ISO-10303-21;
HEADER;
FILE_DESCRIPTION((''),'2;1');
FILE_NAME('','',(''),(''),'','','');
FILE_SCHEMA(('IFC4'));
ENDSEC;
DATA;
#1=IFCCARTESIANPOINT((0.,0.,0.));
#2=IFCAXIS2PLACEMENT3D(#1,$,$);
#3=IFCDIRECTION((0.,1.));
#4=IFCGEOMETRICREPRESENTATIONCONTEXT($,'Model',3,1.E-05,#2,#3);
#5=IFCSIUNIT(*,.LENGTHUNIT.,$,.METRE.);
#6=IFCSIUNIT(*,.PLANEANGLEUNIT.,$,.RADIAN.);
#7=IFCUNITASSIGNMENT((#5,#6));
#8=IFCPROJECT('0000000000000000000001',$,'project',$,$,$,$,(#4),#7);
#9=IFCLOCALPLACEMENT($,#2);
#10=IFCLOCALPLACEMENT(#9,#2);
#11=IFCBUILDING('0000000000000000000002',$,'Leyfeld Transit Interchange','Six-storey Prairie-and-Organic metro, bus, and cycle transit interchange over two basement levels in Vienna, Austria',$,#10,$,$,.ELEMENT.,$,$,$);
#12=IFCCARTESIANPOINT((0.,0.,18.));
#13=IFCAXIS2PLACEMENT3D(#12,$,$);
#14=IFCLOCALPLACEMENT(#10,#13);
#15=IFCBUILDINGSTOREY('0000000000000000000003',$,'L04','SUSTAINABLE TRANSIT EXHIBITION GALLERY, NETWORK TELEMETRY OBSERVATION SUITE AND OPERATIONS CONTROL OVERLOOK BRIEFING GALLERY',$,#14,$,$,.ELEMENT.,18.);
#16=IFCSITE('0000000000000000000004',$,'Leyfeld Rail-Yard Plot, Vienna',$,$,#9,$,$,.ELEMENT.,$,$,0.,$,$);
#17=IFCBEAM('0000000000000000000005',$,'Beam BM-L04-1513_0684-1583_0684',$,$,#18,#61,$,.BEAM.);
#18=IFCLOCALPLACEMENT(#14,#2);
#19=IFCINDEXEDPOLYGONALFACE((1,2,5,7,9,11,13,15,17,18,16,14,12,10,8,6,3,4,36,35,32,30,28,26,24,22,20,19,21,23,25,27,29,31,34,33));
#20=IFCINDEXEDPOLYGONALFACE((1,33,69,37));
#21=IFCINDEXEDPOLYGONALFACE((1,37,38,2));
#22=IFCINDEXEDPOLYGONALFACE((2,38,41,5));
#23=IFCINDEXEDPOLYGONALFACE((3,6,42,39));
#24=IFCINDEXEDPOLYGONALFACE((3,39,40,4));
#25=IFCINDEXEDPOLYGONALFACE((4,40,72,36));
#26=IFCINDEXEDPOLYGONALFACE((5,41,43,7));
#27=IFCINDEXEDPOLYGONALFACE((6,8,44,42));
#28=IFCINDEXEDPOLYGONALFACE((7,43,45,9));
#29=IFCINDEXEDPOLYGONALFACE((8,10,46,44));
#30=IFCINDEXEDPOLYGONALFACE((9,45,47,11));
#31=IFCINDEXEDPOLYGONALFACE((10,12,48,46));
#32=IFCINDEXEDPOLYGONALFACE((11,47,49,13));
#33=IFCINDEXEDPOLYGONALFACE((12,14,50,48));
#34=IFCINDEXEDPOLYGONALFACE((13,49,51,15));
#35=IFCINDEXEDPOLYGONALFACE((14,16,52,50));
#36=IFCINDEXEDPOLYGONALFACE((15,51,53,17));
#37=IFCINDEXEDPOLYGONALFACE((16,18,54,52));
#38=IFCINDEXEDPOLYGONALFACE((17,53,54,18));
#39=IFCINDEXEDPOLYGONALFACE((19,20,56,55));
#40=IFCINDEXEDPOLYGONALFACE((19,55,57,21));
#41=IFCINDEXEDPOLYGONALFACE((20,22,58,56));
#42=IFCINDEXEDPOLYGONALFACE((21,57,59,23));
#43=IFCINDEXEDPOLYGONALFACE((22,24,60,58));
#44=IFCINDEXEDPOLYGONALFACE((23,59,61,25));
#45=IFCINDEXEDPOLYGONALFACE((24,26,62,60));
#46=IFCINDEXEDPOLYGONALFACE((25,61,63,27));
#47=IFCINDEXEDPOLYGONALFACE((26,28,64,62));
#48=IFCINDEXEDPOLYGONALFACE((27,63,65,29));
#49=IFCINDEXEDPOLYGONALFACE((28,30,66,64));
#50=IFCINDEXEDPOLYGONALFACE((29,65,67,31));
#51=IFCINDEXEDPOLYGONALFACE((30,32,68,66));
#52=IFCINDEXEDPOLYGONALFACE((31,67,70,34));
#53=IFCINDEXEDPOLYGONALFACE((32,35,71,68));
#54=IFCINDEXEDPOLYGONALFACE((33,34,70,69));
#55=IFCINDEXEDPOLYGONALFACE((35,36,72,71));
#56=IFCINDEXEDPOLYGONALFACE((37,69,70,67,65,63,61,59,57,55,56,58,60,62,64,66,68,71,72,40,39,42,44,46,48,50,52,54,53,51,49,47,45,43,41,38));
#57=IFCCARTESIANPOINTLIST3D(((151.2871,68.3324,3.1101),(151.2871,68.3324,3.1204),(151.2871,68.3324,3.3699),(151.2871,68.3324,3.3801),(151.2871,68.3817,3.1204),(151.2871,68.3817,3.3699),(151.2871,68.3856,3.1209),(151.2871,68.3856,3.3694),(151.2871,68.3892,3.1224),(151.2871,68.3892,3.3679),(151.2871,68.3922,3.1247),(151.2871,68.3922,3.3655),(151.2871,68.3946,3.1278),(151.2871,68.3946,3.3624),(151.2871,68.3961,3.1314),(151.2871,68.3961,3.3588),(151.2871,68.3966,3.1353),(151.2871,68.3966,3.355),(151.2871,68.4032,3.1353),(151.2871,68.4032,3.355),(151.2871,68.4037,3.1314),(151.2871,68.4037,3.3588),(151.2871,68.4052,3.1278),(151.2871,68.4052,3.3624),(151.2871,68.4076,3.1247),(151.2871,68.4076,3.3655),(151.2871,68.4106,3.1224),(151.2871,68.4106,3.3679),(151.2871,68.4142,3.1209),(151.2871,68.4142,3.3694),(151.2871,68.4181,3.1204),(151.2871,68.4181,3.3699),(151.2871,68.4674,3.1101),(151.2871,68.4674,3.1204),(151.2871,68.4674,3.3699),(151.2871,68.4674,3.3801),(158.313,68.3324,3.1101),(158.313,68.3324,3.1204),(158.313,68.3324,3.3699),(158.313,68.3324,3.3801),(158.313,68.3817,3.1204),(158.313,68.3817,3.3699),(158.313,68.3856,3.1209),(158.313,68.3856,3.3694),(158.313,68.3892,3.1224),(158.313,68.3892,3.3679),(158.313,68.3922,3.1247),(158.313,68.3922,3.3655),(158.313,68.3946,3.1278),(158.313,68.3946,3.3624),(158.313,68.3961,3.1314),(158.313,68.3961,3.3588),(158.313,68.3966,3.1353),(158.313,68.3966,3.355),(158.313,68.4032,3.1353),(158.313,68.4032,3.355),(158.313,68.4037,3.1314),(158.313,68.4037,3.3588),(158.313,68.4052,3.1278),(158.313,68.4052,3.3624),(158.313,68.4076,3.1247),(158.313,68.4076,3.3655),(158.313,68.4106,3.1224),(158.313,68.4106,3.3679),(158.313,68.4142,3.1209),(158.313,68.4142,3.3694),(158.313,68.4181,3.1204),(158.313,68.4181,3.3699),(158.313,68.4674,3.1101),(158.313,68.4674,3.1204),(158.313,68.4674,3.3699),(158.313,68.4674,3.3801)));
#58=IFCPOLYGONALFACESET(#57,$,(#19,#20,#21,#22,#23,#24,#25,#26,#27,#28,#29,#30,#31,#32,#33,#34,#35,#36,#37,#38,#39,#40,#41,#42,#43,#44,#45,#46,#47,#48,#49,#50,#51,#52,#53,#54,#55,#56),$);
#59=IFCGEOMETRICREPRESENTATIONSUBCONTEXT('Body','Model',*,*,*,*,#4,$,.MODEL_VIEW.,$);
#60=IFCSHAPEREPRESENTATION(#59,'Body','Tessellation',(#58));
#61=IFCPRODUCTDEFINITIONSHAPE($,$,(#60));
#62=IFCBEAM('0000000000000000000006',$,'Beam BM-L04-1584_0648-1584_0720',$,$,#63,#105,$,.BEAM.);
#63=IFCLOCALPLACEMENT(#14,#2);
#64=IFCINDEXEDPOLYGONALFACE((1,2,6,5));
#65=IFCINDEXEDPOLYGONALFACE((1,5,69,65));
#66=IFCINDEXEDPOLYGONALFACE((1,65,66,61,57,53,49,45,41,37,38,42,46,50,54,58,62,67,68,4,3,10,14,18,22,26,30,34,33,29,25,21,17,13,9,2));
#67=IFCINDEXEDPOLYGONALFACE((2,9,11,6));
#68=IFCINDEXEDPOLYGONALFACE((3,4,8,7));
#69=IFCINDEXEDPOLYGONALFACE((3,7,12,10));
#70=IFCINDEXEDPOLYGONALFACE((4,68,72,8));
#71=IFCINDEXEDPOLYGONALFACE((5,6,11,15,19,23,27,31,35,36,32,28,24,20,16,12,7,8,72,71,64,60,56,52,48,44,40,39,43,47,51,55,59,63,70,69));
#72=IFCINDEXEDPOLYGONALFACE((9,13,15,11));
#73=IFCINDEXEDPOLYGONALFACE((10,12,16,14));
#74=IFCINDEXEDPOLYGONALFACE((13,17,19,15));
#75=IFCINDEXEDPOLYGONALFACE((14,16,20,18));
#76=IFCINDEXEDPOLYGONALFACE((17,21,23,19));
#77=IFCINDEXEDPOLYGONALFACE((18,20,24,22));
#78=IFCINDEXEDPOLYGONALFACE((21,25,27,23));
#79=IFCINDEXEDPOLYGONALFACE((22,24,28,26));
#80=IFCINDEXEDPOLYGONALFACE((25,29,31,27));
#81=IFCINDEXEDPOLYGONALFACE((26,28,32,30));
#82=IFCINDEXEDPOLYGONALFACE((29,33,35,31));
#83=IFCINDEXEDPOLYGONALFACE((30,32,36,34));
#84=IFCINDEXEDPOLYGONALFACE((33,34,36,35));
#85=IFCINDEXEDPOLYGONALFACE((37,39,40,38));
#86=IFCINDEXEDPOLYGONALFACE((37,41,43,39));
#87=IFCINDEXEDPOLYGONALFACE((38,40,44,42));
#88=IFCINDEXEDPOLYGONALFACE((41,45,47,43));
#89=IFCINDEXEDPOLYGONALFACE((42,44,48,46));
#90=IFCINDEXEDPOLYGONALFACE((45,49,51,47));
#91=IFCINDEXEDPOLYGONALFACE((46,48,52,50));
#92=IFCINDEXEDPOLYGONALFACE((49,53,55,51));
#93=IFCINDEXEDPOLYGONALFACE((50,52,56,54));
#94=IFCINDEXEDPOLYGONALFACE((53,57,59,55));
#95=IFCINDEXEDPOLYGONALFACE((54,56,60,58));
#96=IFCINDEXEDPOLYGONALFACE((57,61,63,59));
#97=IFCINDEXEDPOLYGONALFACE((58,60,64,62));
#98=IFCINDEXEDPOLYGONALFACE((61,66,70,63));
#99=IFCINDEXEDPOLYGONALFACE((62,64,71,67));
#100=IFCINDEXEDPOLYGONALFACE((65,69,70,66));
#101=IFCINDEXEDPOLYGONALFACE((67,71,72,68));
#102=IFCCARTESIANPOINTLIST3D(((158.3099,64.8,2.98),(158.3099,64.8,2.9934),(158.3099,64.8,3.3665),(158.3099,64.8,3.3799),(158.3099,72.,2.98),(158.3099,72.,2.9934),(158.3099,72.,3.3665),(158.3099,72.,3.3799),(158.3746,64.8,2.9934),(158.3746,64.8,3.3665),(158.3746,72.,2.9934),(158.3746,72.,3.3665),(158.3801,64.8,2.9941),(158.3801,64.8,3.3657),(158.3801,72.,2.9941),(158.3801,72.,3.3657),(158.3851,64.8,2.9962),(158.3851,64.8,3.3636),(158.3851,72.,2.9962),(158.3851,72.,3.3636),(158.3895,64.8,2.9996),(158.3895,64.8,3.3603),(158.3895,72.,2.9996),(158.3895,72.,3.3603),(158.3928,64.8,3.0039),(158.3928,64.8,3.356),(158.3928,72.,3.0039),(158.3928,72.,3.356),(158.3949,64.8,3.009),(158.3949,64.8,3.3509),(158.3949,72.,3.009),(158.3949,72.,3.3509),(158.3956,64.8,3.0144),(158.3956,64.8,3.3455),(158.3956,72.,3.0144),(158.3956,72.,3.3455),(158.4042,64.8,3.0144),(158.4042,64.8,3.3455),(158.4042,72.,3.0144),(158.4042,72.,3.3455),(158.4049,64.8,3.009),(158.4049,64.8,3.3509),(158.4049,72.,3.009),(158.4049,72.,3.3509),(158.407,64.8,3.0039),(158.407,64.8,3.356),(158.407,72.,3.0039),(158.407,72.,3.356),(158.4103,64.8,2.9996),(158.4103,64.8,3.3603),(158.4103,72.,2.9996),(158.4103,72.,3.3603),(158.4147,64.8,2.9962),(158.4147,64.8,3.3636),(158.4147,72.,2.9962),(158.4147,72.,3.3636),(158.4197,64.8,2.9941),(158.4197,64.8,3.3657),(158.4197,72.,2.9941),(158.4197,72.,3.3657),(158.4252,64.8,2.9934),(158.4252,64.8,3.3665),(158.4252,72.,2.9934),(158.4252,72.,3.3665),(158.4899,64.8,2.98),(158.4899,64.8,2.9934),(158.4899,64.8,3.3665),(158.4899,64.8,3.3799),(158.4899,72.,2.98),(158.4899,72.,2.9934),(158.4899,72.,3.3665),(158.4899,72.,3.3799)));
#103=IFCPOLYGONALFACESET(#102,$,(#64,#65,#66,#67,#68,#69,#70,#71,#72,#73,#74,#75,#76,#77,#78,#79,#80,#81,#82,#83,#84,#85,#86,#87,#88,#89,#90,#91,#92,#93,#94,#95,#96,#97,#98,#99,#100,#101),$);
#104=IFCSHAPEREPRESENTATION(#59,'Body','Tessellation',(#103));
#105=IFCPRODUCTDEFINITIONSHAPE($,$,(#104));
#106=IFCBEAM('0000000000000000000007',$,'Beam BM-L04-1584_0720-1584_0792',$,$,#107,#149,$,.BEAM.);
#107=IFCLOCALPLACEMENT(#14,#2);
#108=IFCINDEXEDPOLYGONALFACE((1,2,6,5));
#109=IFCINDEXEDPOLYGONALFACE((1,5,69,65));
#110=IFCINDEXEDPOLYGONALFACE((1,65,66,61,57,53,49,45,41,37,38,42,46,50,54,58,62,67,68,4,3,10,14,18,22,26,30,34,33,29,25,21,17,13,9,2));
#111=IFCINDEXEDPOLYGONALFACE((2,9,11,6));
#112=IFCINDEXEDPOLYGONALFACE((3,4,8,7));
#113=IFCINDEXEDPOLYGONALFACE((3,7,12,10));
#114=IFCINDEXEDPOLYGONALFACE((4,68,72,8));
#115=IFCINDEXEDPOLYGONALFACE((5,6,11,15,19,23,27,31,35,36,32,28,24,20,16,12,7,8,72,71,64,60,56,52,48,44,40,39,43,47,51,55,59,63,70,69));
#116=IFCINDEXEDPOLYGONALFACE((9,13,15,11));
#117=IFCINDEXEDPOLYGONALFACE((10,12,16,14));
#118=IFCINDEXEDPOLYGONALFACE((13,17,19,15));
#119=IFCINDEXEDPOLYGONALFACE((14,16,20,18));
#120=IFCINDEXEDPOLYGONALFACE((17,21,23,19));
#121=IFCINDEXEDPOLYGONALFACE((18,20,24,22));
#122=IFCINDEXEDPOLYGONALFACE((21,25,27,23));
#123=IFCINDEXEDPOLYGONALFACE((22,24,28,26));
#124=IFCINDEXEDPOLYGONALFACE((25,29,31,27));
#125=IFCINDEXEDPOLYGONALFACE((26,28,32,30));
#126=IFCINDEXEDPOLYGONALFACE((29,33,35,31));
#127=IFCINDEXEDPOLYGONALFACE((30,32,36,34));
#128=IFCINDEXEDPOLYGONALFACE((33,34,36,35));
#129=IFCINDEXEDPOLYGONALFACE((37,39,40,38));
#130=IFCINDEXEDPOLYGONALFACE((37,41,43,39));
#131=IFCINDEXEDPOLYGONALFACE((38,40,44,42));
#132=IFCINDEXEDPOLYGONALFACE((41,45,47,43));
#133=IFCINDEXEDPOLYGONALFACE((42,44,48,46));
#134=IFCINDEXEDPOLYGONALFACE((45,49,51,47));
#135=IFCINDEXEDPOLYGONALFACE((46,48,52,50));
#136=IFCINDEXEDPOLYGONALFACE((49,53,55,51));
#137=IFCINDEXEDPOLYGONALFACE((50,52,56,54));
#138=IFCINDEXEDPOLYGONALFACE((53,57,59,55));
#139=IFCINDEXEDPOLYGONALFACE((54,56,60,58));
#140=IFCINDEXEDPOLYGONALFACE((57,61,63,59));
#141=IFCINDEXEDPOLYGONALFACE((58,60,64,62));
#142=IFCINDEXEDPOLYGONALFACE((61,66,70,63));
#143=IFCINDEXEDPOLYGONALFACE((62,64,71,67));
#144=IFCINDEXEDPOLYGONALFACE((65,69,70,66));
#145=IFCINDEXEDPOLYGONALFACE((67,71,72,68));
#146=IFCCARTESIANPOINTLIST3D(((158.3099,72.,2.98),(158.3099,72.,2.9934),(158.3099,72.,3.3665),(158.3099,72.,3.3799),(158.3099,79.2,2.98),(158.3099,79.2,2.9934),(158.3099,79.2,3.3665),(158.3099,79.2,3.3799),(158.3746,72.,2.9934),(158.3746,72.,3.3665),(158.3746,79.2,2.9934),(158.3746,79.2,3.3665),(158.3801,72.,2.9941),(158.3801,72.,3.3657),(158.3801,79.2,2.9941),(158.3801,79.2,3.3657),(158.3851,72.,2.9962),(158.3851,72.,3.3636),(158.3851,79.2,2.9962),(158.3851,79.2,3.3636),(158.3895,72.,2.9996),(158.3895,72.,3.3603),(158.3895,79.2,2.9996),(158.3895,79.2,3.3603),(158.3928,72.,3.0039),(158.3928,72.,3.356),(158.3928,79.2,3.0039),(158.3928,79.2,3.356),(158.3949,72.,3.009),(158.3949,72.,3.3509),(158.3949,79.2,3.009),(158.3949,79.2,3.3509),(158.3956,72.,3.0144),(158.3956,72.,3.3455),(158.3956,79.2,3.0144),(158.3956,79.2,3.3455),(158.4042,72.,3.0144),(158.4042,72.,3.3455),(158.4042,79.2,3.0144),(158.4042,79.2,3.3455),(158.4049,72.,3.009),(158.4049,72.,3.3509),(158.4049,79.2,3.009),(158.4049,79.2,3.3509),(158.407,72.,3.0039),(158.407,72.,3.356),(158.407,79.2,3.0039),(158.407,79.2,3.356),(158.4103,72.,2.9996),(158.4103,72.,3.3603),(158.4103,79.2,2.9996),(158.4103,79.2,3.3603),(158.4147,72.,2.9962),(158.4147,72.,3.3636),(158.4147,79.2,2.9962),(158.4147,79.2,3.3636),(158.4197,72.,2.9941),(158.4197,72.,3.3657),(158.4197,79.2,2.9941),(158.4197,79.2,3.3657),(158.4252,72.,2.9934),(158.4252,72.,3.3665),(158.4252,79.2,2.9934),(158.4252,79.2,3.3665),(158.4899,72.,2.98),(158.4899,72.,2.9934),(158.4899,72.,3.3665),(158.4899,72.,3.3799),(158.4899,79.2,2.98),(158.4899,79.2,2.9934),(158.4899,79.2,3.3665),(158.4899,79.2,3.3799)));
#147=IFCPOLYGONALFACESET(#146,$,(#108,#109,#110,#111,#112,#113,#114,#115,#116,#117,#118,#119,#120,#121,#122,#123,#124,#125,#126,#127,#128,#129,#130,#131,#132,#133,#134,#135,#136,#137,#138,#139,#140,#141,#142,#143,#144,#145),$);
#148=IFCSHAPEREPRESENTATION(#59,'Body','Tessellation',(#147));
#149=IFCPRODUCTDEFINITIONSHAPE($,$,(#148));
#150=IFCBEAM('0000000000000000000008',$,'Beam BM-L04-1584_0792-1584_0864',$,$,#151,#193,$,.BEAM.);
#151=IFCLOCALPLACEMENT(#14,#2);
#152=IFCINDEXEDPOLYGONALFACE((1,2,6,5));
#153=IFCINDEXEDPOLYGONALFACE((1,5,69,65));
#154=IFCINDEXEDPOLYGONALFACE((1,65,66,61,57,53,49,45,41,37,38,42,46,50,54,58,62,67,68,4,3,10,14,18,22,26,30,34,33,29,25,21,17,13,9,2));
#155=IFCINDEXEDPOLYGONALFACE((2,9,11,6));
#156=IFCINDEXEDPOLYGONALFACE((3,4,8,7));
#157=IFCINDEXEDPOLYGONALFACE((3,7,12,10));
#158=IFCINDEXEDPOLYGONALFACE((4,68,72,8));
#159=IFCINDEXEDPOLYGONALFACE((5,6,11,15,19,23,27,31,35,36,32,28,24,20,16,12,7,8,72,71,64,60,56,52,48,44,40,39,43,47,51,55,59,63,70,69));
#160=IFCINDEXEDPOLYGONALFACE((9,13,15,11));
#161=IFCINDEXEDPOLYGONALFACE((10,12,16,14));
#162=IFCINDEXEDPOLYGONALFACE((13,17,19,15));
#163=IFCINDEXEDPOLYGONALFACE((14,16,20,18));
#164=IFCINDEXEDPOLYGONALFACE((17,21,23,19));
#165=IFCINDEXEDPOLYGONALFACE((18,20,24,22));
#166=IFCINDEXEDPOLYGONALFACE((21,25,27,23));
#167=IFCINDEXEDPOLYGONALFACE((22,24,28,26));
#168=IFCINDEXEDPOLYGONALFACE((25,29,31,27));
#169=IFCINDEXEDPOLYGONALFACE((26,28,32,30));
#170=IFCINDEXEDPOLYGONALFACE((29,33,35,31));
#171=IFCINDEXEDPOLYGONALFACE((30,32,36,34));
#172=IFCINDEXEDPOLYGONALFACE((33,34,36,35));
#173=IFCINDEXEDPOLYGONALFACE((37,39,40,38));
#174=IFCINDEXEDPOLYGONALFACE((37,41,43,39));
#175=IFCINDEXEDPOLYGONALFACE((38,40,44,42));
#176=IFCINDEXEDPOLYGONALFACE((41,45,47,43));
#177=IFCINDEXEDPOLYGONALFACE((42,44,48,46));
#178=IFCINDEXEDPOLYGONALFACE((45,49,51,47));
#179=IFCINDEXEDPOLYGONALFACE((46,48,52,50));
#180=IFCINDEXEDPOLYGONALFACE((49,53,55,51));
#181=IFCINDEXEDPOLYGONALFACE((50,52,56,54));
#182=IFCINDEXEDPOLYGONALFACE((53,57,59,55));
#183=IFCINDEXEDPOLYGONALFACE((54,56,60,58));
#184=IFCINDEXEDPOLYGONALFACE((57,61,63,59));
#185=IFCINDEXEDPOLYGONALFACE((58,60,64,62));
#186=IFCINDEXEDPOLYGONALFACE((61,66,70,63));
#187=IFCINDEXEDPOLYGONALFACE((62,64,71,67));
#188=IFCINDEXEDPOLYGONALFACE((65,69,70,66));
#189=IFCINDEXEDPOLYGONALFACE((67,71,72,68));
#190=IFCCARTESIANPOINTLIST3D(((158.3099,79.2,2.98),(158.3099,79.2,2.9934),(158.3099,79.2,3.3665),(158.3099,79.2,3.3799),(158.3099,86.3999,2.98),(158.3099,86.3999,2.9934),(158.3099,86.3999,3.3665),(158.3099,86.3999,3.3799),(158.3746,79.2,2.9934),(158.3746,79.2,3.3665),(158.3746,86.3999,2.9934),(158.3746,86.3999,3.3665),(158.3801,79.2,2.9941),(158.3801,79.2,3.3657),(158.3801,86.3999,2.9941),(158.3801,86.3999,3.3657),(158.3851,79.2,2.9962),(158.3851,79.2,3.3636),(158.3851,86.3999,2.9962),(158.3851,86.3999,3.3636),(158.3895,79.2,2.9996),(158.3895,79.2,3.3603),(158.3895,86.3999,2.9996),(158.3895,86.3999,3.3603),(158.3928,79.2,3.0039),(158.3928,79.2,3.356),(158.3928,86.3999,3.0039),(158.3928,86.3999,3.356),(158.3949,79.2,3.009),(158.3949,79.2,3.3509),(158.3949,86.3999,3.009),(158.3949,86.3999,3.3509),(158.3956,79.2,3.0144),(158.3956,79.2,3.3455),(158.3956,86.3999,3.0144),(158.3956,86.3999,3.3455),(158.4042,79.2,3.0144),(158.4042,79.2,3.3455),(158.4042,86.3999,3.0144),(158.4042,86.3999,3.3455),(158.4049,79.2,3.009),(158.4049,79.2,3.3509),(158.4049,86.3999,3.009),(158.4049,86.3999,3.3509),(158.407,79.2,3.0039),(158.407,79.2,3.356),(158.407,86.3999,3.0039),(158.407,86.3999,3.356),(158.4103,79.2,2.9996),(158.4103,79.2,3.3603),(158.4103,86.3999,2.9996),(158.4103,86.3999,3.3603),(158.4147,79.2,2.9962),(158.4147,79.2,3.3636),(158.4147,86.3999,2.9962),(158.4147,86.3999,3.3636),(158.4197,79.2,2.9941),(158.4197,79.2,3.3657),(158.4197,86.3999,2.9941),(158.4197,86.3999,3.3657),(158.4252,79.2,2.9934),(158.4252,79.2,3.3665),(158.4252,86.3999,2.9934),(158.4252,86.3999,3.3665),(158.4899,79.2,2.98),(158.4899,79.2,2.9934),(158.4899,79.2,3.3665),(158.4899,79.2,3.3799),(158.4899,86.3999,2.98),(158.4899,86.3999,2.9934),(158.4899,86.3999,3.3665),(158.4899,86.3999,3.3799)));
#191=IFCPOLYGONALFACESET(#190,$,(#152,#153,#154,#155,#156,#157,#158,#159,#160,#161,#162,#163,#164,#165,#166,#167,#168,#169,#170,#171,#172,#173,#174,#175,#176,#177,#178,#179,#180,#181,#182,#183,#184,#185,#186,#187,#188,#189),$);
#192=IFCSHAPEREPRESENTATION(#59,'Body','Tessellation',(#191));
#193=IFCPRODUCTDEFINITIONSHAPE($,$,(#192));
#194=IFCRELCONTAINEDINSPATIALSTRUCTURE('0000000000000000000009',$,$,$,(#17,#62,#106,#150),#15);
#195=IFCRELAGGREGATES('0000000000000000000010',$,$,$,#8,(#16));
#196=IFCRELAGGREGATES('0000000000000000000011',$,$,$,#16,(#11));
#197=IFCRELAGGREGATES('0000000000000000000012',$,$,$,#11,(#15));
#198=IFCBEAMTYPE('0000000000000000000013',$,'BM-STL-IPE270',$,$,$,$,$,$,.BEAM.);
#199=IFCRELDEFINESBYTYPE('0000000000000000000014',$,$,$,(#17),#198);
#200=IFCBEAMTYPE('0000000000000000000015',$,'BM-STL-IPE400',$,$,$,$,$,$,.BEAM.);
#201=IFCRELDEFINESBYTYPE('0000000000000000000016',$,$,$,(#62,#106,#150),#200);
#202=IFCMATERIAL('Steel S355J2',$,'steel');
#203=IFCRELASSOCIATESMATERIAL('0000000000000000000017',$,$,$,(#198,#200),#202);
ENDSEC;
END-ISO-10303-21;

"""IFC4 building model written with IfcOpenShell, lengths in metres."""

from ifc_helpers import new_model, si_unit, direction, frame, origin, origin_2d, place, context, subcontext, project, spatial, i_section, extrude, material, material_profile, profile_set, type_object, element, save


model = new_model("IFC4")

# Units and contexts
model_context = context("Model", 3, precision=1e-05, world=origin(), true_north=direction((0.0, 1.0)))
body_context = subcontext(model_context, "Body", "Model", "MODEL_VIEW")
ifc_project = project(units=[si_unit("LENGTHUNIT", "METRE"), si_unit("PLANEANGLEUNIT", "RADIAN")], contexts=[model_context])

# Site, building, storey
site_placement = place(None, origin())
site = spatial("IfcSite", under=ifc_project, at=site_placement, Name="Leyfeld Rail-Yard Plot, Vienna", CompositionType="ELEMENT", RefElevation=0.0)
building_placement = place(site_placement, origin())
building = spatial("IfcBuilding", under=site, at=building_placement, Name="Leyfeld Transit Interchange", Description="Six-storey Prairie-and-Organic metro, bus, and cycle transit interchange over two basement levels in Vienna, Austria", CompositionType="ELEMENT")
storey_placement = place(building_placement, frame((0.0, 0.0, 18.0)))
storey = spatial("IfcBuildingStorey", under=building, at=storey_placement, Name="L04", Description="SUSTAINABLE TRANSIT EXHIBITION GALLERY, NETWORK TELEMETRY OBSERVATION SUITE AND OPERATIONS CONTROL OVERLOOK BRIEFING GALLERY", CompositionType="ELEMENT", Elevation=18.0)

# Shared definitions
ifc_material_1 = material(Name="Steel S355J2", Category="steel")

# Beams
ifc_material_profile_1 = material_profile(ifc_material_1, i_section(OverallWidth=0.135, OverallDepth=0.27, WebThickness=0.0066, FlangeThickness=0.0103, FilletRadius=0.0149, at=origin_2d()), Name="IPE 270")
ifc_profile_set_1 = profile_set([ifc_material_profile_1], Name="Steel S355J2")
beam_type_1 = type_object("IfcBeamType", Name="BM-STL-IPE270", PredefinedType="BEAM", material=ifc_profile_set_1)
beam_1_placement = place(storey_placement, frame((151.2871, 68.3999, 3.2451), z_axis=(1.0, 0.0, 0.0), x_axis=(0.0, 1.0, 0.0)))
element("IfcBeam", 1, at=beam_1_placement, inside=storey, type_object=beam_type_1, Name="Beam BM-L04-1513_0684-1583_0684", PredefinedType="BEAM", context=body_context, shape_type="SweptSolid", body=[
    extrude(i_section(OverallWidth=0.135, OverallDepth=0.27, WebThickness=0.0066, FlangeThickness=0.0103, FilletRadius=0.0149, at=origin_2d()), origin(), (0.0, 0.0, 1.0), 7.0259),
])
ifc_material_profile_2 = material_profile(ifc_material_1, i_section(OverallWidth=0.1799, OverallDepth=0.3999, WebThickness=0.0085, FlangeThickness=0.0134, FilletRadius=0.021, at=origin_2d()), Name="IPE 400")
ifc_profile_set_2 = profile_set([ifc_material_profile_2], Name="Steel S355J2")
beam_type_2 = type_object("IfcBeamType", Name="BM-STL-IPE400", PredefinedType="BEAM", material=ifc_profile_set_2)
for number, where, z_axis, x_axis, name in (
    (2, (158.3999, 64.8, 3.1799), (0.0, 1.0, 0.0), (-1.0, 0.0, 0.0), "Beam BM-L04-1584_0648-1584_0720"),
    (3, (158.3999, 72.0, 3.1799), (0.0, 1.0, 0.0), (-1.0, 0.0, 0.0), "Beam BM-L04-1584_0720-1584_0792"),
    (4, (158.3999, 79.2, 3.1799), (0.0, 1.0, 0.0), (-1.0, 0.0, 0.0), "Beam BM-L04-1584_0792-1584_0864"),
):
    element("IfcBeam", number, at=place(storey_placement, frame(where, z_axis=z_axis, x_axis=x_axis)), inside=storey, type_object=beam_type_2, Name=name, PredefinedType="BEAM", context=body_context, shape_type="SweptSolid", body=[
        extrude(i_section(OverallWidth=0.1799, OverallDepth=0.3999, WebThickness=0.0085, FlangeThickness=0.0134, FilletRadius=0.021, at=origin_2d()), origin(), (0.0, 0.0, 1.0), 7.2),
    ])

save(model, "model.ifc")
